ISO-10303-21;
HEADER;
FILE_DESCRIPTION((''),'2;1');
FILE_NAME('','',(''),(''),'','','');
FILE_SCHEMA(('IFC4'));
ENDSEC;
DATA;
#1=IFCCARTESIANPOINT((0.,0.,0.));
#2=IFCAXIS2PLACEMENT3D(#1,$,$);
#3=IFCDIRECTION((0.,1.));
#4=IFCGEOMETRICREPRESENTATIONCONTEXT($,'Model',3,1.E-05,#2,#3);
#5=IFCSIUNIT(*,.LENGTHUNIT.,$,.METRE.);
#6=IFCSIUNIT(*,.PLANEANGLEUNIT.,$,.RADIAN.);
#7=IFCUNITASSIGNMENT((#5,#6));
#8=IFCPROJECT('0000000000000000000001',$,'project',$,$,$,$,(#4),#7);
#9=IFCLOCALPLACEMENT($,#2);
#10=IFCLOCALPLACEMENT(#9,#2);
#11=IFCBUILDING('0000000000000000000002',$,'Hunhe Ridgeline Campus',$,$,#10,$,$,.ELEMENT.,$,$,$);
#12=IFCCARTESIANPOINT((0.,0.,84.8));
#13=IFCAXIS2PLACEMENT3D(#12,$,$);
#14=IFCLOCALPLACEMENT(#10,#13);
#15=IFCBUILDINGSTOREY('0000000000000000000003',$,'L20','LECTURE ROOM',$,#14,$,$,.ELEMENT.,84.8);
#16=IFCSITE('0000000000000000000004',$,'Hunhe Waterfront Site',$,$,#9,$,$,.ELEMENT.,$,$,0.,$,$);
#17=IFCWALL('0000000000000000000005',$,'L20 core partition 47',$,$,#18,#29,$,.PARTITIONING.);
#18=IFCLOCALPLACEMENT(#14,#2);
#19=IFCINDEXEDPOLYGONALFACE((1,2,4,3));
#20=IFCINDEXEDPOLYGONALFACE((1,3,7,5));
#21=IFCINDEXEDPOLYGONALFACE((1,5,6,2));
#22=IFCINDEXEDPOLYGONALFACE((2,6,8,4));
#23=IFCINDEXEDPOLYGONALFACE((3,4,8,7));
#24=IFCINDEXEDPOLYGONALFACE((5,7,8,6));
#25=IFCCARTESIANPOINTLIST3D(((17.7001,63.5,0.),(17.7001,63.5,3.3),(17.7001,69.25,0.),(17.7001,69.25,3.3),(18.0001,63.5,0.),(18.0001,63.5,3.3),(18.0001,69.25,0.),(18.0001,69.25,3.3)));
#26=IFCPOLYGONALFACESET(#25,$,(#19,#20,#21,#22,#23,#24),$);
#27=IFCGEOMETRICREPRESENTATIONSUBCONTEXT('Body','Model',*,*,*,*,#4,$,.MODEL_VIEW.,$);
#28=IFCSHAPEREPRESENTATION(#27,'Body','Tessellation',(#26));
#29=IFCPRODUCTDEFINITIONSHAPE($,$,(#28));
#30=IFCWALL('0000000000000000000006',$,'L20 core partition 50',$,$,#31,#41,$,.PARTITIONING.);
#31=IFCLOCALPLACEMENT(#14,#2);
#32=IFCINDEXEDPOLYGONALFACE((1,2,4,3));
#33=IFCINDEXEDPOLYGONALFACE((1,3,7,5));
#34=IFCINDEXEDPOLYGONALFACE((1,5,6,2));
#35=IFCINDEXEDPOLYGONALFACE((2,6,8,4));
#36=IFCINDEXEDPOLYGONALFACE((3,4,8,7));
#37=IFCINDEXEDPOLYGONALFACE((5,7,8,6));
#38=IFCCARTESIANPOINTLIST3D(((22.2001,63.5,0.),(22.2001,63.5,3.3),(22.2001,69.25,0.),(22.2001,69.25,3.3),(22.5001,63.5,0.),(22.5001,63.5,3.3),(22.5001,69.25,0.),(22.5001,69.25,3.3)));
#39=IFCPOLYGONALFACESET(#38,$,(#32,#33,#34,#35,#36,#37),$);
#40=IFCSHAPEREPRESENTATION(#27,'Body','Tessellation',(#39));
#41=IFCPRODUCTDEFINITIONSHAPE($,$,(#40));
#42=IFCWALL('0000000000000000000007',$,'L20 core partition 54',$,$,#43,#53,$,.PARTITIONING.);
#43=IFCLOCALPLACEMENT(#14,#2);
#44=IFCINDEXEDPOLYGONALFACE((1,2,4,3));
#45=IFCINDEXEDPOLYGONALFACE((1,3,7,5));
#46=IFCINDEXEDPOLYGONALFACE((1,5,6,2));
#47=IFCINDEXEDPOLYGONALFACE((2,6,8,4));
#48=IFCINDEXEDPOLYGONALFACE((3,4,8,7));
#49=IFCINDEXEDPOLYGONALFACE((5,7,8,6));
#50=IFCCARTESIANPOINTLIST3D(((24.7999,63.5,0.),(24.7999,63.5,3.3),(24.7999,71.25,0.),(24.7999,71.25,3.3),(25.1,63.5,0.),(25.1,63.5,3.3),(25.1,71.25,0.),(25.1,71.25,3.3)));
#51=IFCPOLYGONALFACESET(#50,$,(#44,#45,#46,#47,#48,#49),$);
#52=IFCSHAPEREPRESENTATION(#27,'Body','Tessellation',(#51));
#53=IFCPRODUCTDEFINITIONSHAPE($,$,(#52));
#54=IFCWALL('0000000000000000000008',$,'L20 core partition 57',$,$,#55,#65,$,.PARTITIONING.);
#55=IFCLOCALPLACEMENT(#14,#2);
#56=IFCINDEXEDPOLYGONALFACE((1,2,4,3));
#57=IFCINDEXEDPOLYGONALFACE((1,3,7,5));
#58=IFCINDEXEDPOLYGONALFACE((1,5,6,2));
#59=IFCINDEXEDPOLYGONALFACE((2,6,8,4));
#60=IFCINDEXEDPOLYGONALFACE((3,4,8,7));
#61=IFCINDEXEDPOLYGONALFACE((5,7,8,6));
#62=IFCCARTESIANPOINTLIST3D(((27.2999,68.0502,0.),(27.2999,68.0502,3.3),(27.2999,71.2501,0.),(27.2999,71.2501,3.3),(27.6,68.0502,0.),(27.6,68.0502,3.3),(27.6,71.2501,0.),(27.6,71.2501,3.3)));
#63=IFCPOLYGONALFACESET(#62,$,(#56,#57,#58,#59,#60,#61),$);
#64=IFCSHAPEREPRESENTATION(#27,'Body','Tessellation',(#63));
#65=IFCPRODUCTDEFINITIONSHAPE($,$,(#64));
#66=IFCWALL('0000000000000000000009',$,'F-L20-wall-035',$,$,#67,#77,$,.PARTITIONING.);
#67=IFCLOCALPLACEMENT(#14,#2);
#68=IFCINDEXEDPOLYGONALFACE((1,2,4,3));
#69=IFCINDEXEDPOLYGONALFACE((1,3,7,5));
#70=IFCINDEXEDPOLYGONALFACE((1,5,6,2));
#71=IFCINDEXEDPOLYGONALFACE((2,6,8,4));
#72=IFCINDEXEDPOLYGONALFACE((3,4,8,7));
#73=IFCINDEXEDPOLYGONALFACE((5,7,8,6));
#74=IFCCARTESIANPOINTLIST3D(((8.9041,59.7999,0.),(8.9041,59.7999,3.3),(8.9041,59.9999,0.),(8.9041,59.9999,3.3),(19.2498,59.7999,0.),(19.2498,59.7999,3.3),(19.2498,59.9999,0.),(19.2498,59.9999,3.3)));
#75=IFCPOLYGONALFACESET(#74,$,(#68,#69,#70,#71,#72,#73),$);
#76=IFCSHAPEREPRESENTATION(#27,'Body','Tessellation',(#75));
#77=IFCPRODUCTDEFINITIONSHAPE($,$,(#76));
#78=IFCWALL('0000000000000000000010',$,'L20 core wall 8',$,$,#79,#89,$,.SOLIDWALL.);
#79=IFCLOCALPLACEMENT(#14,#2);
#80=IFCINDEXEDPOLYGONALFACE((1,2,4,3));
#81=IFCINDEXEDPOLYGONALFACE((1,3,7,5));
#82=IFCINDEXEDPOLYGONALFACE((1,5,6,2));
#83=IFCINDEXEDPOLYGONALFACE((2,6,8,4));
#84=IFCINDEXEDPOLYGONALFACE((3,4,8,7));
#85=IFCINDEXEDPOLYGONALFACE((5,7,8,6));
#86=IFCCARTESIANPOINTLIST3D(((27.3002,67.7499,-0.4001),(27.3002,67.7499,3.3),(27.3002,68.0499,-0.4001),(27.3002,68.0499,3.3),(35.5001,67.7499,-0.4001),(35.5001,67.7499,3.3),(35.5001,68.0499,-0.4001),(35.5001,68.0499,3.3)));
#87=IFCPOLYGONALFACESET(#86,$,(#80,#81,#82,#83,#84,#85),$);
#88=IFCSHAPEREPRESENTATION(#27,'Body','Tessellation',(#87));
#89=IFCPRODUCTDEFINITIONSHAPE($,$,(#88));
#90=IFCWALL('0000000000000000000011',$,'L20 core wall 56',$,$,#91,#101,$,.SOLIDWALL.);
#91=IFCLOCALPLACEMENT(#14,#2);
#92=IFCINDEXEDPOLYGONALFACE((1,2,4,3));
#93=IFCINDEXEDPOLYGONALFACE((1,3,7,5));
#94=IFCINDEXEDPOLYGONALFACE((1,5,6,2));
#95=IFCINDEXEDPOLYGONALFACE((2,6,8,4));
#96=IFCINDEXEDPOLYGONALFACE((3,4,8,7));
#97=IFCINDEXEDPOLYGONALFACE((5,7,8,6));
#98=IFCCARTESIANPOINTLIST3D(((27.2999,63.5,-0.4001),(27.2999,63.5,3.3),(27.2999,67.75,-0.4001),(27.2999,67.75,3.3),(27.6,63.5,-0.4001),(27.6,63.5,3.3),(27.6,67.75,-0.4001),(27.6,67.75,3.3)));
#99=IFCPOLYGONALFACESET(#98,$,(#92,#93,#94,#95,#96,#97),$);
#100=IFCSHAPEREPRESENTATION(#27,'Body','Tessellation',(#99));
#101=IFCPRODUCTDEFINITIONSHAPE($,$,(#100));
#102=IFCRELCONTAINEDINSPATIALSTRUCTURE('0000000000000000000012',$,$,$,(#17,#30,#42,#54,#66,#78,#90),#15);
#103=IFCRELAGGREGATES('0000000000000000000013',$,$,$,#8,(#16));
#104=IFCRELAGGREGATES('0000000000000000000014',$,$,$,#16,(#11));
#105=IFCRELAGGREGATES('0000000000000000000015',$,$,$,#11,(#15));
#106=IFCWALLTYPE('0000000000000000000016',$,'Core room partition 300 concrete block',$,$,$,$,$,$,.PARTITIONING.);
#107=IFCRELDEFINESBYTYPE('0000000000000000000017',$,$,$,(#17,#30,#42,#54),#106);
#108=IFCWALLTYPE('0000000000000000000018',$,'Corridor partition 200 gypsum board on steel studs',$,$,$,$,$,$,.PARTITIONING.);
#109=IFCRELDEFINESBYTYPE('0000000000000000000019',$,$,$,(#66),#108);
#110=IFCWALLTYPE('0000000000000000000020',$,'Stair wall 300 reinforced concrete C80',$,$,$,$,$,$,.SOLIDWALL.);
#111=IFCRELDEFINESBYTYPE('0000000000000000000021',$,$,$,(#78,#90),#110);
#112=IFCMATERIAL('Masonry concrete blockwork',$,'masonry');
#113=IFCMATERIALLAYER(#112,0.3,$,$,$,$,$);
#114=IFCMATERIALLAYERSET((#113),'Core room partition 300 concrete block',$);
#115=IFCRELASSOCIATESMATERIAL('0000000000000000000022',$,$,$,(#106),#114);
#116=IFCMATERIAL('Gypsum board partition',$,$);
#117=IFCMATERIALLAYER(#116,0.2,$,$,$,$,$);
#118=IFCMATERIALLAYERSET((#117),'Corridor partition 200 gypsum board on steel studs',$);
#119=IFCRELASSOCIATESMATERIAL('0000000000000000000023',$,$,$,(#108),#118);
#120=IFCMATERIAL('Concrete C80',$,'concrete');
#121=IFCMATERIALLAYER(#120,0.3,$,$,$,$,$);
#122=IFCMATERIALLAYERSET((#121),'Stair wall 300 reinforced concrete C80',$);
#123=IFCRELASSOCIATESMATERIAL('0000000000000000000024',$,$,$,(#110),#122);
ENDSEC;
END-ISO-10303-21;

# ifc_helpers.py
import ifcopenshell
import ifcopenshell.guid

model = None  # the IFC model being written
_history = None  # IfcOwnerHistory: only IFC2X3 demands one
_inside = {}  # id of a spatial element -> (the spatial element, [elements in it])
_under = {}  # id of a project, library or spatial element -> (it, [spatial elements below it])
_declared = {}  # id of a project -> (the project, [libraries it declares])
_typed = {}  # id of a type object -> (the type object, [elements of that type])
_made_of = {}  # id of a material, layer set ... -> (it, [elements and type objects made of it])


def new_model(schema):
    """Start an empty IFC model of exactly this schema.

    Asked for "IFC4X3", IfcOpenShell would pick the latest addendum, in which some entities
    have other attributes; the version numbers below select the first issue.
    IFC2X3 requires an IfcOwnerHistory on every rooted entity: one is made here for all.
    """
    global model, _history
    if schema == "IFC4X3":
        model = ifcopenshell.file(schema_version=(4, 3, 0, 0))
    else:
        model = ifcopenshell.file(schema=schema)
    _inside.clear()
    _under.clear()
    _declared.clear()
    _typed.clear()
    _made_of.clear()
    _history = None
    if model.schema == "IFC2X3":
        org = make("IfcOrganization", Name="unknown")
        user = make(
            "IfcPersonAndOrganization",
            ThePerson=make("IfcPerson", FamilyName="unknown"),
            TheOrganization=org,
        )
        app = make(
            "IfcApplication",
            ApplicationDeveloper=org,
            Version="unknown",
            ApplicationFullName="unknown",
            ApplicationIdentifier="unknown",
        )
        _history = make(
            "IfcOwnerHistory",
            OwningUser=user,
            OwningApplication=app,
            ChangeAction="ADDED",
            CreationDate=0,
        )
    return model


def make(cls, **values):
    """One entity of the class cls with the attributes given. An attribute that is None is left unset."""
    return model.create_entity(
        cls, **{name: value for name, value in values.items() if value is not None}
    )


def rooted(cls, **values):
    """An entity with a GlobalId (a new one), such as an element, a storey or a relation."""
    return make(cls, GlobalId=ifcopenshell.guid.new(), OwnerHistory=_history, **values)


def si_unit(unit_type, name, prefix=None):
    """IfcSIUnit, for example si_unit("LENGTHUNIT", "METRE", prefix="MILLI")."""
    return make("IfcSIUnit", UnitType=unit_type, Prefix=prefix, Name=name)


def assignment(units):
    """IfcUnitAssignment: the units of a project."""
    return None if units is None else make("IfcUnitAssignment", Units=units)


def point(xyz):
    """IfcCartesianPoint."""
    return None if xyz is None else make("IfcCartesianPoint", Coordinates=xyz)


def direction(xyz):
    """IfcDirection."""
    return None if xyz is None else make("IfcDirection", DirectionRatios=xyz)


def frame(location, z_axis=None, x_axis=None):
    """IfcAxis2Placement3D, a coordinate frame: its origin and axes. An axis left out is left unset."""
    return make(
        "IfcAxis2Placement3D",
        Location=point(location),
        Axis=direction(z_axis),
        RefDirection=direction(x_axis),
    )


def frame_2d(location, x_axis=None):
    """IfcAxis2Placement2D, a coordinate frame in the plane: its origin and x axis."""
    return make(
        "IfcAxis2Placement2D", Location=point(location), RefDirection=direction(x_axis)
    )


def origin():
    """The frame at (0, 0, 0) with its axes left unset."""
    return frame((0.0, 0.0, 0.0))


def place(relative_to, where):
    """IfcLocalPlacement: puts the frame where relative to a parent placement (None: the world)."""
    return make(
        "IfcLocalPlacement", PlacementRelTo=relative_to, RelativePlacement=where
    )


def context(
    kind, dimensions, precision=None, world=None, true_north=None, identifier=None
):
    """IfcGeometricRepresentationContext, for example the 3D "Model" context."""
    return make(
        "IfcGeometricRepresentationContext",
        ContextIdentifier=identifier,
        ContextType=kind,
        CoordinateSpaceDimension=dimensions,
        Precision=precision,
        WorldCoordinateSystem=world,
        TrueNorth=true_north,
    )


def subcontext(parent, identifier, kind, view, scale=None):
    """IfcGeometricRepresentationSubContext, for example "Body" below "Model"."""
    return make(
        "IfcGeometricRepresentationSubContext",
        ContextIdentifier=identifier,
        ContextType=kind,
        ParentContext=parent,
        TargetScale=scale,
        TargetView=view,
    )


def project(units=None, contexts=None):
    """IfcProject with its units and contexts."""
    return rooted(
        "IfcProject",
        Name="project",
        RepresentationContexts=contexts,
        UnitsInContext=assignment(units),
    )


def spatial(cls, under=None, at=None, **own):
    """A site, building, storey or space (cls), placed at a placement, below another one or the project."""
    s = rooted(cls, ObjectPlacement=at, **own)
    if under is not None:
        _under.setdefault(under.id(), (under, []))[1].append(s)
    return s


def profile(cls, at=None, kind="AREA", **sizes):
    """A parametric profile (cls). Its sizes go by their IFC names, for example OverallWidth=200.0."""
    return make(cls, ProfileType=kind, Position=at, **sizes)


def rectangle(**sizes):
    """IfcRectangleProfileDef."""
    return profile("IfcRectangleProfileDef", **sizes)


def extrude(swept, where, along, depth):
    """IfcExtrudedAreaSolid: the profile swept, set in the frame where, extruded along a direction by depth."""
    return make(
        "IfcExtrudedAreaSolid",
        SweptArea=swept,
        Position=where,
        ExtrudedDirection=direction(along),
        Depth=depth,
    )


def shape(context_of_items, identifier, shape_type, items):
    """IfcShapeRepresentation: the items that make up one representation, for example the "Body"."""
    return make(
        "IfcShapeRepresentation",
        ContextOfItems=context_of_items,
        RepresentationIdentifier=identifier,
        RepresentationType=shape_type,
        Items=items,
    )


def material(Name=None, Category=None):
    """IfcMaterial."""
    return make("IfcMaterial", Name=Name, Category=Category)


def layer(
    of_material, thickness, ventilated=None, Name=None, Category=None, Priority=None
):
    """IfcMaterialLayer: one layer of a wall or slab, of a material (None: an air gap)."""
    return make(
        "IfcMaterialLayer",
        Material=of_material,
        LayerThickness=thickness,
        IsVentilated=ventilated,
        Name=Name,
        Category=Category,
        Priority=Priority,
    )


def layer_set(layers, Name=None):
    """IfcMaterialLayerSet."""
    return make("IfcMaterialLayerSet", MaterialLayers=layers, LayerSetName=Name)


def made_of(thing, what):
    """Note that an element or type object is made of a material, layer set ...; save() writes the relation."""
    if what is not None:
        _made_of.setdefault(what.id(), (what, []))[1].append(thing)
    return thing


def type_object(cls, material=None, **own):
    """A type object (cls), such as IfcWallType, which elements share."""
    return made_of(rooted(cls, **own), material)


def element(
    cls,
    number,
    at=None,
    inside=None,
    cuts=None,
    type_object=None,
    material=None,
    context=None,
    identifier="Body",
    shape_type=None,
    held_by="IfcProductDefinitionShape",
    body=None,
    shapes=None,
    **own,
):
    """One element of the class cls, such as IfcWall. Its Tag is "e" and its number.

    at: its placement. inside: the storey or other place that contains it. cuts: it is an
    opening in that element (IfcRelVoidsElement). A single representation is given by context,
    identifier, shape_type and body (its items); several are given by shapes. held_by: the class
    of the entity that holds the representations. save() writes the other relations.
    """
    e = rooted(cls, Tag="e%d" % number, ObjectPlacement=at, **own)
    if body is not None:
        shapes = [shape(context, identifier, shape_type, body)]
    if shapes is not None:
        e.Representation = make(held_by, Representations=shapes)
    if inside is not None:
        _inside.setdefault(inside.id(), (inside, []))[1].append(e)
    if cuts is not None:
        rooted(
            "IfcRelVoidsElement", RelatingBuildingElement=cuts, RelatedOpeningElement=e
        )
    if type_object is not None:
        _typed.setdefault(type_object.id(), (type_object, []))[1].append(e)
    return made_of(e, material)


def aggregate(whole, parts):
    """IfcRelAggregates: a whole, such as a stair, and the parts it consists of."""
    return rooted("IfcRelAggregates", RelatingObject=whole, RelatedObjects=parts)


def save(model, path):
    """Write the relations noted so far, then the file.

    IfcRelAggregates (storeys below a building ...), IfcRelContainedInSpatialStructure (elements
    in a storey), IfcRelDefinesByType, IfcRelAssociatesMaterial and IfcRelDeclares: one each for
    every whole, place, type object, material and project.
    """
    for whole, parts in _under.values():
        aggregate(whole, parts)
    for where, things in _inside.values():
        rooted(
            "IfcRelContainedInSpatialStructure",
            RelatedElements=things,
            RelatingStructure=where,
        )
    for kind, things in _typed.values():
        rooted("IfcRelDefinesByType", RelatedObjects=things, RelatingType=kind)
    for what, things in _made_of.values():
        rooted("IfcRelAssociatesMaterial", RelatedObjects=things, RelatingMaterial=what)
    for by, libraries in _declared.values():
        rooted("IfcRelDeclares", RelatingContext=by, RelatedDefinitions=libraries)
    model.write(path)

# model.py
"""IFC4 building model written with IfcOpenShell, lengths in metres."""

from ifc_helpers import new_model, si_unit, direction, frame, frame_2d, origin, place, context, subcontext, project, spatial, rectangle, extrude, material, layer, layer_set, type_object, element, save


model = new_model("IFC4")

# Units and contexts
model_context = context("Model", 3, precision=1e-05, world=origin(), true_north=direction((0.0, 1.0)))
body_context = subcontext(model_context, "Body", "Model", "MODEL_VIEW")
ifc_project = project(units=[si_unit("LENGTHUNIT", "METRE"), si_unit("PLANEANGLEUNIT", "RADIAN")], contexts=[model_context])

# Site, building, storey
site_placement = place(None, origin())
site = spatial("IfcSite", under=ifc_project, at=site_placement, Name="Hunhe Waterfront Site", CompositionType="ELEMENT", RefElevation=0.0)
building_placement = place(site_placement, origin())
building = spatial("IfcBuilding", under=site, at=building_placement, Name="Hunhe Ridgeline Campus", CompositionType="ELEMENT")
storey_placement = place(building_placement, frame((0.0, 0.0, 84.8)))
storey = spatial("IfcBuildingStorey", under=building, at=storey_placement, Name="L20", Description="LECTURE ROOM", CompositionType="ELEMENT", Elevation=84.8)

# Walls
ifc_material_1 = material(Name="Masonry concrete blockwork", Category="masonry")
ifc_layer_1 = layer(ifc_material_1, 0.3)
ifc_layer_set_1 = layer_set([ifc_layer_1], Name="Core room partition 300 concrete block")
wall_type_1 = type_object("IfcWallType", Name="Core room partition 300 concrete block", PredefinedType="PARTITIONING", material=ifc_layer_set_1)
for number, where, z_axis, x_axis, name in (
    (1, (17.8501, 63.5, 0.0), (0.0, 0.0, 1.0), (0.0, 1.0, 0.0), "L20 core partition 47"),
    (2, (22.3501, 63.5, 0.0), (0.0, 0.0, 1.0), (0.0, 1.0, 0.0), "L20 core partition 50"),
):
    element("IfcWall", number, at=place(storey_placement, frame(where, z_axis=z_axis, x_axis=x_axis)), inside=storey, type_object=wall_type_1, Name=name, PredefinedType="PARTITIONING", context=body_context, shape_type="SweptSolid", body=[
        extrude(rectangle(XDim=5.75, YDim=0.3, at=frame_2d((2.875, 0.0))), origin(), (0.0, 0.0, 1.0), 3.3),
    ])
wall_1_placement = place(storey_placement, frame((24.95, 63.5, 0.0), z_axis=(0.0, 0.0, 1.0), x_axis=(0.0, 1.0, 0.0)))
element("IfcWall", 3, at=wall_1_placement, inside=storey, type_object=wall_type_1, Name="L20 core partition 54", PredefinedType="PARTITIONING", context=body_context, shape_type="SweptSolid", body=[
    extrude(rectangle(XDim=7.75, YDim=0.3, at=frame_2d((3.875, 0.0))), origin(), (0.0, 0.0, 1.0), 3.3),
])
wall_2_placement = place(storey_placement, frame((27.45, 68.05, 0.0), z_axis=(0.0, 0.0, 1.0), x_axis=(0.0, 1.0, 0.0)))
element("IfcWall", 4, at=wall_2_placement, inside=storey, type_object=wall_type_1, Name="L20 core partition 57", PredefinedType="PARTITIONING", context=body_context, shape_type="SweptSolid", body=[
    extrude(rectangle(XDim=3.2, YDim=0.3, at=frame_2d((1.6001, 0.0))), origin(), (0.0, 0.0, 1.0), 3.3),
])
ifc_material_2 = material(Name="Gypsum board partition")
ifc_layer_2 = layer(ifc_material_2, 0.2)
ifc_layer_set_2 = layer_set([ifc_layer_2], Name="Corridor partition 200 gypsum board on steel studs")
wall_type_2 = type_object("IfcWallType", Name="Corridor partition 200 gypsum board on steel studs", PredefinedType="PARTITIONING", material=ifc_layer_set_2)
wall_3_placement = place(storey_placement, frame((19.2498, 59.8999, 0.0), z_axis=(0.0, 0.0, 1.0), x_axis=(-1.0, 0.0, 0.0)))
element("IfcWall", 5, at=wall_3_placement, inside=storey, type_object=wall_type_2, Name="F-L20-wall-035", PredefinedType="PARTITIONING", context=body_context, shape_type="SweptSolid", body=[
    extrude(rectangle(XDim=10.3457, YDim=0.2, at=frame_2d((5.1729, 0.0))), origin(), (0.0, 0.0, 1.0), 3.3),
])

# Walls
ifc_material_3 = material(Name="Concrete C80", Category="concrete")
ifc_layer_3 = layer(ifc_material_3, 0.3)
ifc_layer_set_3 = layer_set([ifc_layer_3], Name="Stair wall 300 reinforced concrete C80")
wall_type_3 = type_object("IfcWallType", Name="Stair wall 300 reinforced concrete C80", PredefinedType="SOLIDWALL", material=ifc_layer_set_3)
wall_4_placement = place(storey_placement, frame((27.3, 67.8999, -0.4001), z_axis=(0.0, 0.0, 1.0), x_axis=(1.0, 0.0, 0.0)))
element("IfcWall", 6, at=wall_4_placement, inside=storey, type_object=wall_type_3, Name="L20 core wall 8", PredefinedType="SOLIDWALL", context=body_context, shape_type="SweptSolid", body=[
    extrude(rectangle(XDim=8.2, YDim=0.3, at=frame_2d((4.1001, 0.0))), origin(), (0.0, 0.0, 1.0), 3.7002),
])
wall_5_placement = place(storey_placement, frame((27.45, 63.5, -0.4001), z_axis=(0.0, 0.0, 1.0), x_axis=(0.0, 1.0, 0.0)))
element("IfcWall", 7, at=wall_5_placement, inside=storey, type_object=wall_type_3, Name="L20 core wall 56", PredefinedType="SOLIDWALL", context=body_context, shape_type="SweptSolid", body=[
    extrude(rectangle(XDim=4.25, YDim=0.3, at=frame_2d((2.125, 0.0))), origin(), (0.0, 0.0, 1.0), 3.7002),
])

save(model, "model.ifc")
